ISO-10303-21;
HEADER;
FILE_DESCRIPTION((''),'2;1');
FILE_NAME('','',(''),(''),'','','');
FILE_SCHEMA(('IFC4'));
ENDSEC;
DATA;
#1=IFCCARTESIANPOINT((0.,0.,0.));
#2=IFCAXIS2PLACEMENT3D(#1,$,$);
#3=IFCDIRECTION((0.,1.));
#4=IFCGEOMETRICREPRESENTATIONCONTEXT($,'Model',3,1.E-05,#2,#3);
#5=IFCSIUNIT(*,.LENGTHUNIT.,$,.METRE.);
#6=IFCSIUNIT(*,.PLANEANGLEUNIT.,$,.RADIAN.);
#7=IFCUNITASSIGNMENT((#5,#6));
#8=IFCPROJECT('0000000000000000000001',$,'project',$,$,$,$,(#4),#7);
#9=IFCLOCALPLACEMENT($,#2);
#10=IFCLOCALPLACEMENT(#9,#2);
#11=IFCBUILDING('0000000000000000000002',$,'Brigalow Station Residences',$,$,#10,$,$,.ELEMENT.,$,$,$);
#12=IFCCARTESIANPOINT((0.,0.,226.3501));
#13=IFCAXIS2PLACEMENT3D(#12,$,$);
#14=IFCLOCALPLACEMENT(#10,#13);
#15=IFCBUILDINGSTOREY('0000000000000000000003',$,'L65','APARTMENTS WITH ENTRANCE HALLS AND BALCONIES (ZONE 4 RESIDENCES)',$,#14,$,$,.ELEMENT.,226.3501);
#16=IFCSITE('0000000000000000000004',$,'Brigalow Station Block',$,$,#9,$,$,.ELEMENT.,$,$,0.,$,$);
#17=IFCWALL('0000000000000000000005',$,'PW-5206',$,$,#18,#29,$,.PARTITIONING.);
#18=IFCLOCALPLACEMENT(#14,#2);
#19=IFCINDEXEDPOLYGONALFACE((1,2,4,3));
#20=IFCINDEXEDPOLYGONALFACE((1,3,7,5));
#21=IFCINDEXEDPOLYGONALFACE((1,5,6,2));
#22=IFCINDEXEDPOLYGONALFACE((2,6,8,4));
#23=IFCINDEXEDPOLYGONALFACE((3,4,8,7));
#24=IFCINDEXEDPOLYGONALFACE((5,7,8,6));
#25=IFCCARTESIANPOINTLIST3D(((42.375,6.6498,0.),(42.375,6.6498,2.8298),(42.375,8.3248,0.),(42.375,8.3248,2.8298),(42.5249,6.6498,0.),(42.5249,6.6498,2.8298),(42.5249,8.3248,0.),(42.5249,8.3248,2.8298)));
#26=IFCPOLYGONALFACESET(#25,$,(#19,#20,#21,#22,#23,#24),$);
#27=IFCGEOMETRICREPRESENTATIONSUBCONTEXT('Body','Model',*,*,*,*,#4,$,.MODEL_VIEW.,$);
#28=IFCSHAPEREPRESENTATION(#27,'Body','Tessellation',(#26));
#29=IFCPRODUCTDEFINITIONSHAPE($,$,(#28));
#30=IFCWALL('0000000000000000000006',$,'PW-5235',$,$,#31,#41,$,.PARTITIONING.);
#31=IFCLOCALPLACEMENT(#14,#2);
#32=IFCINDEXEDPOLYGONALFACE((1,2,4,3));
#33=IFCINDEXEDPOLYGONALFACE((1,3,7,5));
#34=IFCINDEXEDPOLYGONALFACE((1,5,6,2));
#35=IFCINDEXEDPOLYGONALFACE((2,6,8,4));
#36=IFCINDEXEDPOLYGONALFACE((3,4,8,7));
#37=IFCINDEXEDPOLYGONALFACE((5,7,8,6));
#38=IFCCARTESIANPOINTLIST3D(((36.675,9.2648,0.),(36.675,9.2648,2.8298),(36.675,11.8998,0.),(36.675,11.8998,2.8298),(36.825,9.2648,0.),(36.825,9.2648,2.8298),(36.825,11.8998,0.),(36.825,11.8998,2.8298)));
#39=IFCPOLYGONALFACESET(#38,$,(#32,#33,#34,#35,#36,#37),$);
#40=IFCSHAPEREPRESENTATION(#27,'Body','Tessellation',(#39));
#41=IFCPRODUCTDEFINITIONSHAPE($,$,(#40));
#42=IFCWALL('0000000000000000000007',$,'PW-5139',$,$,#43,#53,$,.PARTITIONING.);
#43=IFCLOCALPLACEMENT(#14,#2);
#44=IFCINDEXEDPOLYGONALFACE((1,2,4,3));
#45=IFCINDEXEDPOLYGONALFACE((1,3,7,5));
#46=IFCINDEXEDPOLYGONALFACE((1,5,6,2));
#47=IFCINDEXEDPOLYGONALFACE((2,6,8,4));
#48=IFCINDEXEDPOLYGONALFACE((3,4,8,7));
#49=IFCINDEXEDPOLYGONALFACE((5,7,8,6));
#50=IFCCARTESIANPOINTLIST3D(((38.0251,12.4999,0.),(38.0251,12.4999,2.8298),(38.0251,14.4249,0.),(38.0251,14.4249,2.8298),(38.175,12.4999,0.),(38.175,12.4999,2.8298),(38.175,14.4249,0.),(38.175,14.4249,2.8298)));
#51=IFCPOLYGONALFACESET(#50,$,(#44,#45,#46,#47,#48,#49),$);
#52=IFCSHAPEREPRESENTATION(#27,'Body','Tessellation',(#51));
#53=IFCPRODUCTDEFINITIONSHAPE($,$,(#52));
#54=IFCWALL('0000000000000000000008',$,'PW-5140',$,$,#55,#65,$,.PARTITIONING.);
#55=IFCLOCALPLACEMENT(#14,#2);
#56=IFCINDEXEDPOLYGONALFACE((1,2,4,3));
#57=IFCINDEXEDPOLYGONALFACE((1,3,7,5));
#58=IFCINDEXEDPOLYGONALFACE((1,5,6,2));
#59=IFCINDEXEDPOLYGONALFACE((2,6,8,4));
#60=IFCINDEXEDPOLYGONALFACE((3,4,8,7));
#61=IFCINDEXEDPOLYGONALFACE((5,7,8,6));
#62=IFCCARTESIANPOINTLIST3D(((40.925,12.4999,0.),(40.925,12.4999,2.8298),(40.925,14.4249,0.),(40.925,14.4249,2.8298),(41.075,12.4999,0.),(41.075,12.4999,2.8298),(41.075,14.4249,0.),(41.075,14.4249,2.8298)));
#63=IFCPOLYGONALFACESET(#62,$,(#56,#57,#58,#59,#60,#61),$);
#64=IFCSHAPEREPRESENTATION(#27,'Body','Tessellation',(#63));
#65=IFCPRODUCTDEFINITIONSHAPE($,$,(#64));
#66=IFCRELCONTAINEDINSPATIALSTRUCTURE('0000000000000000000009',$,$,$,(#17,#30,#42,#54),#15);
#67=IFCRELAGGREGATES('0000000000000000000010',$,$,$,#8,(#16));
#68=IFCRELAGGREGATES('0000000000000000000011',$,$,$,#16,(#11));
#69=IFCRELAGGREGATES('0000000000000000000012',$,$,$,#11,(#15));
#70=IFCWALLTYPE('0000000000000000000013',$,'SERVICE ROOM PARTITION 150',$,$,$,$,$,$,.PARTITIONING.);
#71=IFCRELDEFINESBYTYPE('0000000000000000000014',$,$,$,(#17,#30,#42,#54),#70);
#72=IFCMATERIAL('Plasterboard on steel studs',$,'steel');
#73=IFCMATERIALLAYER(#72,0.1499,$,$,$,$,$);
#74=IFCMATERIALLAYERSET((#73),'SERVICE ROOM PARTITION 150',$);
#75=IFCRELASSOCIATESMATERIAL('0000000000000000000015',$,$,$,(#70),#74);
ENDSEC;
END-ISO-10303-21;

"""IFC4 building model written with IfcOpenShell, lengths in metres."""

from ifc_helpers import new_model, si_unit, direction, frame, frame_2d, origin, place, context, subcontext, project, spatial, rectangle, extrude, material, layer, layer_set, type_object, element, save


model = new_model("IFC4")

# Units and contexts
model_context = context("Model", 3, precision=1e-05, world=origin(), true_north=direction((0.0, 1.0)))
body_context = subcontext(model_context, "Body", "Model", "MODEL_VIEW")
ifc_project = project(units=[si_unit("LENGTHUNIT", "METRE"), si_unit("PLANEANGLEUNIT", "RADIAN")], contexts=[model_context])

# Site, building, storey
site_placement = place(None, origin())
site = spatial("IfcSite", under=ifc_project, at=site_placement, Name="Brigalow Station Block", CompositionType="ELEMENT", RefElevation=0.0)
building_placement = place(site_placement, origin())
building = spatial("IfcBuilding", under=site, at=building_placement, Name="Brigalow Station Residences", CompositionType="ELEMENT")
storey_placement = place(building_placement, frame((0.0, 0.0, 226.3501)))
storey = spatial("IfcBuildingStorey", under=building, at=storey_placement, Name="L65", Description="APARTMENTS WITH ENTRANCE HALLS AND BALCONIES (ZONE 4 RESIDENCES)", CompositionType="ELEMENT", Elevation=226.3501)

# Shared definitions
ifc_material_1 = material(Name="Plasterboard on steel studs", Category="steel")
ifc_layer_1 = layer(ifc_material_1, 0.1499)
ifc_layer_set_1 = layer_set([ifc_layer_1], Name="SERVICE ROOM PARTITION 150")
wall_type_1 = type_object("IfcWallType", Name="SERVICE ROOM PARTITION 150", PredefinedType="PARTITIONING", material=ifc_layer_set_1)

# Walls
wall_1_placement = place(storey_placement, frame((42.45, 6.6499, 0.0), z_axis=(0.0, 0.0, 1.0), x_axis=(0.0, 1.0, 0.0)))
element("IfcWall", 1, at=wall_1_placement, inside=storey, type_object=wall_type_1, Name="PW-5206", PredefinedType="PARTITIONING", context=body_context, shape_type="SweptSolid", body=[
    extrude(rectangle(XDim=1.675, YDim=0.1499, at=frame_2d((0.8374, 0.0))), origin(), (0.0, 0.0, 1.0), 2.8298),
])
wall_2_placement = place(storey_placement, frame((36.75, 9.2649, 0.0), z_axis=(0.0, 0.0, 1.0), x_axis=(0.0, 1.0, 0.0)))
element("IfcWall", 2, at=wall_2_placement, inside=storey, type_object=wall_type_1, Name="PW-5235", PredefinedType="PARTITIONING", context=body_context, shape_type="SweptSolid", body=[
    extrude(rectangle(XDim=2.635, YDim=0.1499, at=frame_2d((1.3174, 0.0))), origin(), (0.0, 0.0, 1.0), 2.8298),
])
for number, where, z_axis, x_axis, name in (
    (3, (38.1001, 12.5, 0.0), (0.0, 0.0, 1.0), (0.0, 1.0, 0.0), "PW-5139"),
    (4, (41.0, 12.5, 0.0), (0.0, 0.0, 1.0), (0.0, 1.0, 0.0), "PW-5140"),
):
    element("IfcWall", number, at=place(storey_placement, frame(where, z_axis=z_axis, x_axis=x_axis)), inside=storey, type_object=wall_type_1, Name=name, PredefinedType="PARTITIONING", context=body_context, shape_type="SweptSolid", body=[
        extrude(rectangle(XDim=1.925, YDim=0.1499, at=frame_2d((0.9624, 0.0))), origin(), (0.0, 0.0, 1.0), 2.8298),
    ])

save(model, "model.ifc")
